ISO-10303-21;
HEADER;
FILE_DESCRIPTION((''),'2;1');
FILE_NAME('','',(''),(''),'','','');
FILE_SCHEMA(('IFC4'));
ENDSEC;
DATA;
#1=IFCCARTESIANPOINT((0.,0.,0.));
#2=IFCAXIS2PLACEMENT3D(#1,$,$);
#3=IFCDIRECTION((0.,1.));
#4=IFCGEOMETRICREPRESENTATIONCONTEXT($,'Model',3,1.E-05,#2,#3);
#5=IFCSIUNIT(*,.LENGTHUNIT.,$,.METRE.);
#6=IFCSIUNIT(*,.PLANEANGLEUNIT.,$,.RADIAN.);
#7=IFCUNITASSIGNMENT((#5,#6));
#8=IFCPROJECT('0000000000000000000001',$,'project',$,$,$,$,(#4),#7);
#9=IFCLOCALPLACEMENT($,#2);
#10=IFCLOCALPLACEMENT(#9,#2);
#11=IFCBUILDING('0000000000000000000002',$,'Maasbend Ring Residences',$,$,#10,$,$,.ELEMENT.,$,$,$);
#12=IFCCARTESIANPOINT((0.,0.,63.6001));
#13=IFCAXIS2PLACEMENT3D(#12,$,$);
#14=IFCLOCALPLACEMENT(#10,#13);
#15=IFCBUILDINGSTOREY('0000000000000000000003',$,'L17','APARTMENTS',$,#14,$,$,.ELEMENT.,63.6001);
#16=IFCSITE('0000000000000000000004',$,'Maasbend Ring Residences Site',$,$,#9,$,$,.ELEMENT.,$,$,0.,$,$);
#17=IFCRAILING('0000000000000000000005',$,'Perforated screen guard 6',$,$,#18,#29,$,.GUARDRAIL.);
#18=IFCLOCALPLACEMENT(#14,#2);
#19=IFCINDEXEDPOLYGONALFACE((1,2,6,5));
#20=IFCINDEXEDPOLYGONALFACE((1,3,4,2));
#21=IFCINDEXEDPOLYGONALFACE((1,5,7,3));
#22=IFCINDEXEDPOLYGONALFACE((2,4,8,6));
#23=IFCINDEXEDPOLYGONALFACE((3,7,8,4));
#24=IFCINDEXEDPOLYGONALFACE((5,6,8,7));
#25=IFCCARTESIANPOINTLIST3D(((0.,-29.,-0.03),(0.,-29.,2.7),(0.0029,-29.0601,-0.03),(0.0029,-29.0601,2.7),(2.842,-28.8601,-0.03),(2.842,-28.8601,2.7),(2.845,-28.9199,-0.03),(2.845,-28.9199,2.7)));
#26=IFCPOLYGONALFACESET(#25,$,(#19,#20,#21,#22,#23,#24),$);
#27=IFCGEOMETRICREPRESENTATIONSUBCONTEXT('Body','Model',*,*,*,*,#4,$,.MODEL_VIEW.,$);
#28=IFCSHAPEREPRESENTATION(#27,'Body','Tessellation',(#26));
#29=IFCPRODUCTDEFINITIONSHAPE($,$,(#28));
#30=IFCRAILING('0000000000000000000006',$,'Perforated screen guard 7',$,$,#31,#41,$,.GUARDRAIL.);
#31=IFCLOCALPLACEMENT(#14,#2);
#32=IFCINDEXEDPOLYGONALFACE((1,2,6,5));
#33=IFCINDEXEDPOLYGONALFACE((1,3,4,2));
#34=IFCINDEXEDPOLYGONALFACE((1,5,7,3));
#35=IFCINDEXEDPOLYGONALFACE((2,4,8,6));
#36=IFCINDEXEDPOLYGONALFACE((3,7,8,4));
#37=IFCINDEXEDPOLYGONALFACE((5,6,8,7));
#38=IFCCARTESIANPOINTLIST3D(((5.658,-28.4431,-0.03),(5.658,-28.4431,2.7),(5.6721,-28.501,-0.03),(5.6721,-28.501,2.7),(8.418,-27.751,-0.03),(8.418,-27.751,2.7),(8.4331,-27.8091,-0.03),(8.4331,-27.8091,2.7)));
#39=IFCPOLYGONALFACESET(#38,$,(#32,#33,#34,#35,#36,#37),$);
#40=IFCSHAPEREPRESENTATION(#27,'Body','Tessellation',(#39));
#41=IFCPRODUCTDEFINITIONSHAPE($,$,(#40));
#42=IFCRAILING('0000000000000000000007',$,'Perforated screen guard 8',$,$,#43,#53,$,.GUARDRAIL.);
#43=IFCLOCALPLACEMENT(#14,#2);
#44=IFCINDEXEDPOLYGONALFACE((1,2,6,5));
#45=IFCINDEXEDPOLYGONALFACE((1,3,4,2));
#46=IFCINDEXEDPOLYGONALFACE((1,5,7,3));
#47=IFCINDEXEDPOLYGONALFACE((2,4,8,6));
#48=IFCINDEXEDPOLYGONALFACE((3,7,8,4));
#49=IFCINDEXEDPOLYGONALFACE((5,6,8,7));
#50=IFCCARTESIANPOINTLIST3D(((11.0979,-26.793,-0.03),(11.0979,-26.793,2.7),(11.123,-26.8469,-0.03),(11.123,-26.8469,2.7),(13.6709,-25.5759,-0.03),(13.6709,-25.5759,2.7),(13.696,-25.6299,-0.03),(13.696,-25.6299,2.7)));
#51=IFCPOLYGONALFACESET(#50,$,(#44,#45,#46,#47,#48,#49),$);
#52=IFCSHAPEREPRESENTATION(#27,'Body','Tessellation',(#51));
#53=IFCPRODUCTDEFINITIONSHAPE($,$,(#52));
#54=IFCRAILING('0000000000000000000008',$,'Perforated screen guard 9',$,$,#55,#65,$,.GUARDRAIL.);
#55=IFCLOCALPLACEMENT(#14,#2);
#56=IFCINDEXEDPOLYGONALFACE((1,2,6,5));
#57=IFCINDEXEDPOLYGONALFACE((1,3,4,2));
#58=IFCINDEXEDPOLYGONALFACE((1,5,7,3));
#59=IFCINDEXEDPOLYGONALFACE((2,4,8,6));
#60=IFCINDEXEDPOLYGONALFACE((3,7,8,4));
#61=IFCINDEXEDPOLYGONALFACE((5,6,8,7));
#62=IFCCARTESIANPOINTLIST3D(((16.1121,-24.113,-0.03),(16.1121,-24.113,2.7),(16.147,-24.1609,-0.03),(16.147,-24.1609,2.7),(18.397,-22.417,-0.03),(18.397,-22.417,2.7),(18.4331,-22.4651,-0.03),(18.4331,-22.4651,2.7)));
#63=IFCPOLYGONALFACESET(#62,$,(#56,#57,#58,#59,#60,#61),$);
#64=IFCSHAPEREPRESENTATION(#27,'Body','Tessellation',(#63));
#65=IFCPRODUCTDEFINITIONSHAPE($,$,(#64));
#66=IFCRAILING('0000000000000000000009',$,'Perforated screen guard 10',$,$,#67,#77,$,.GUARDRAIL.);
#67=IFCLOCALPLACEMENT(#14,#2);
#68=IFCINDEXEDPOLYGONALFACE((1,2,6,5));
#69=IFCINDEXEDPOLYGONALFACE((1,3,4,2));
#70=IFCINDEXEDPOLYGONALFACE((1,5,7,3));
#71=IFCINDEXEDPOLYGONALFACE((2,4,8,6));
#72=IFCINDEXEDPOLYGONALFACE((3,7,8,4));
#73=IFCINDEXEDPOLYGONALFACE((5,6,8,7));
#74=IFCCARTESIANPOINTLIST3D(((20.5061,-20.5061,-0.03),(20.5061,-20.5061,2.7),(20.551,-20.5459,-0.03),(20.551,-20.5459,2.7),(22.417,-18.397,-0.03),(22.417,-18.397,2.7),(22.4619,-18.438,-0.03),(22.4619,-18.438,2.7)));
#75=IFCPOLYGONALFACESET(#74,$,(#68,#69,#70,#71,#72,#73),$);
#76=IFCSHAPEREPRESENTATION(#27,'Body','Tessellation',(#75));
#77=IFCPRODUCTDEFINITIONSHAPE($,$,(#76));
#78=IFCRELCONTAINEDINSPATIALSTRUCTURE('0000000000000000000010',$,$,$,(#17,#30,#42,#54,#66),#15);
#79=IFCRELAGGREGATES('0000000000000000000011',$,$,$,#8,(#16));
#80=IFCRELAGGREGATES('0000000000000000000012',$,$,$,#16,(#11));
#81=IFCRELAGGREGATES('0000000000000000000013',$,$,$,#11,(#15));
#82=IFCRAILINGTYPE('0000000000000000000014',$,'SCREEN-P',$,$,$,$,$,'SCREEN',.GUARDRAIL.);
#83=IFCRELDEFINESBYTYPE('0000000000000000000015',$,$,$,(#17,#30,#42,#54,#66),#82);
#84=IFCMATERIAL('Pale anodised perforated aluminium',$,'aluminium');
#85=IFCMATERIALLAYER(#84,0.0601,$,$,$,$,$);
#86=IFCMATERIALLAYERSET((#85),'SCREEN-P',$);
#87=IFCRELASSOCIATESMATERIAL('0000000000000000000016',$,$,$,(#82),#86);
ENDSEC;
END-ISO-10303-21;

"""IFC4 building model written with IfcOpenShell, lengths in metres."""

from ifc_helpers import new_model, si_unit, direction, frame, origin, place, context, subcontext, project, spatial, polyline, outline, extrude, material, layer, layer_set, type_object, element, save


model = new_model("IFC4")

# Units and contexts
model_context = context("Model", 3, precision=1e-05, world=origin(), true_north=direction((0.0, 1.0)))
body_context = subcontext(model_context, "Body", "Model", "MODEL_VIEW")
ifc_project = project(units=[si_unit("LENGTHUNIT", "METRE"), si_unit("PLANEANGLEUNIT", "RADIAN")], contexts=[model_context])

# Site, building, storey
site_placement = place(None, origin())
site = spatial("IfcSite", under=ifc_project, at=site_placement, Name="Maasbend Ring Residences Site", CompositionType="ELEMENT", RefElevation=0.0)
building_placement = place(site_placement, origin())
building = spatial("IfcBuilding", under=site, at=building_placement, Name="Maasbend Ring Residences", CompositionType="ELEMENT")
storey_placement = place(building_placement, frame((0.0, 0.0, 63.6001)))
storey = spatial("IfcBuildingStorey", under=building, at=storey_placement, Name="L17", Description="APARTMENTS", CompositionType="ELEMENT", Elevation=63.6001)

# Railings
ifc_material_1 = material(Name="Pale anodised perforated aluminium", Category="aluminium")
ifc_layer_1 = layer(ifc_material_1, 0.0601)
ifc_layer_set_1 = layer_set([ifc_layer_1], Name="SCREEN-P")
railing_type = type_object("IfcRailingType", Name="SCREEN-P", ElementType="SCREEN", PredefinedType="GUARDRAIL", material=ifc_layer_set_1)
railing_1_placement = place(storey_placement, frame((0.0, 0.0, -0.03)))
element("IfcRailing", 1, at=railing_1_placement, inside=storey, type_object=railing_type, Name="Perforated screen guard 6", PredefinedType="GUARDRAIL", context=body_context, shape_type="SweptSolid", body=[
    extrude(outline(polyline([(0.0, -29.0), (2.842, -28.8601), (2.845, -28.9199), (0.0029, -29.0601), (0.0, -29.0)])), origin(), (0.0, 0.0, 1.0), 2.73),
])
railing_2_placement = place(storey_placement, frame((0.0, 0.0, -0.03)))
element("IfcRailing", 2, at=railing_2_placement, inside=storey, type_object=railing_type, Name="Perforated screen guard 7", PredefinedType="GUARDRAIL", context=body_context, shape_type="SweptSolid", body=[
    extrude(outline(polyline([(5.658, -28.4431), (8.418, -27.751), (8.4331, -27.8091), (5.6721, -28.501), (5.658, -28.4431)])), origin(), (0.0, 0.0, 1.0), 2.73),
])
railing_3_placement = place(storey_placement, frame((0.0, 0.0, -0.03)))
element("IfcRailing", 3, at=railing_3_placement, inside=storey, type_object=railing_type, Name="Perforated screen guard 8", PredefinedType="GUARDRAIL", context=body_context, shape_type="SweptSolid", body=[
    extrude(outline(polyline([(11.0979, -26.793), (13.6709, -25.5759), (13.696, -25.6299), (11.123, -26.8469), (11.0979, -26.793)])), origin(), (0.0, 0.0, 1.0), 2.73),
])
railing_4_placement = place(storey_placement, frame((0.0, 0.0, -0.03)))
element("IfcRailing", 4, at=railing_4_placement, inside=storey, type_object=railing_type, Name="Perforated screen guard 9", PredefinedType="GUARDRAIL", context=body_context, shape_type="SweptSolid", body=[
    extrude(outline(polyline([(16.1121, -24.113), (18.397, -22.417), (18.4331, -22.4651), (16.147, -24.1609), (16.1121, -24.113)])), origin(), (0.0, 0.0, 1.0), 2.73),
])
railing_5_placement = place(storey_placement, frame((0.0, 0.0, -0.03)))
element("IfcRailing", 5, at=railing_5_placement, inside=storey, type_object=railing_type, Name="Perforated screen guard 10", PredefinedType="GUARDRAIL", context=body_context, shape_type="SweptSolid", body=[
    extrude(outline(polyline([(20.5061, -20.5061), (22.417, -18.397), (22.4619, -18.438), (20.551, -20.5459), (20.5061, -20.5061)])), origin(), (0.0, 0.0, 1.0), 2.73),
])

save(model, "model.ifc")
